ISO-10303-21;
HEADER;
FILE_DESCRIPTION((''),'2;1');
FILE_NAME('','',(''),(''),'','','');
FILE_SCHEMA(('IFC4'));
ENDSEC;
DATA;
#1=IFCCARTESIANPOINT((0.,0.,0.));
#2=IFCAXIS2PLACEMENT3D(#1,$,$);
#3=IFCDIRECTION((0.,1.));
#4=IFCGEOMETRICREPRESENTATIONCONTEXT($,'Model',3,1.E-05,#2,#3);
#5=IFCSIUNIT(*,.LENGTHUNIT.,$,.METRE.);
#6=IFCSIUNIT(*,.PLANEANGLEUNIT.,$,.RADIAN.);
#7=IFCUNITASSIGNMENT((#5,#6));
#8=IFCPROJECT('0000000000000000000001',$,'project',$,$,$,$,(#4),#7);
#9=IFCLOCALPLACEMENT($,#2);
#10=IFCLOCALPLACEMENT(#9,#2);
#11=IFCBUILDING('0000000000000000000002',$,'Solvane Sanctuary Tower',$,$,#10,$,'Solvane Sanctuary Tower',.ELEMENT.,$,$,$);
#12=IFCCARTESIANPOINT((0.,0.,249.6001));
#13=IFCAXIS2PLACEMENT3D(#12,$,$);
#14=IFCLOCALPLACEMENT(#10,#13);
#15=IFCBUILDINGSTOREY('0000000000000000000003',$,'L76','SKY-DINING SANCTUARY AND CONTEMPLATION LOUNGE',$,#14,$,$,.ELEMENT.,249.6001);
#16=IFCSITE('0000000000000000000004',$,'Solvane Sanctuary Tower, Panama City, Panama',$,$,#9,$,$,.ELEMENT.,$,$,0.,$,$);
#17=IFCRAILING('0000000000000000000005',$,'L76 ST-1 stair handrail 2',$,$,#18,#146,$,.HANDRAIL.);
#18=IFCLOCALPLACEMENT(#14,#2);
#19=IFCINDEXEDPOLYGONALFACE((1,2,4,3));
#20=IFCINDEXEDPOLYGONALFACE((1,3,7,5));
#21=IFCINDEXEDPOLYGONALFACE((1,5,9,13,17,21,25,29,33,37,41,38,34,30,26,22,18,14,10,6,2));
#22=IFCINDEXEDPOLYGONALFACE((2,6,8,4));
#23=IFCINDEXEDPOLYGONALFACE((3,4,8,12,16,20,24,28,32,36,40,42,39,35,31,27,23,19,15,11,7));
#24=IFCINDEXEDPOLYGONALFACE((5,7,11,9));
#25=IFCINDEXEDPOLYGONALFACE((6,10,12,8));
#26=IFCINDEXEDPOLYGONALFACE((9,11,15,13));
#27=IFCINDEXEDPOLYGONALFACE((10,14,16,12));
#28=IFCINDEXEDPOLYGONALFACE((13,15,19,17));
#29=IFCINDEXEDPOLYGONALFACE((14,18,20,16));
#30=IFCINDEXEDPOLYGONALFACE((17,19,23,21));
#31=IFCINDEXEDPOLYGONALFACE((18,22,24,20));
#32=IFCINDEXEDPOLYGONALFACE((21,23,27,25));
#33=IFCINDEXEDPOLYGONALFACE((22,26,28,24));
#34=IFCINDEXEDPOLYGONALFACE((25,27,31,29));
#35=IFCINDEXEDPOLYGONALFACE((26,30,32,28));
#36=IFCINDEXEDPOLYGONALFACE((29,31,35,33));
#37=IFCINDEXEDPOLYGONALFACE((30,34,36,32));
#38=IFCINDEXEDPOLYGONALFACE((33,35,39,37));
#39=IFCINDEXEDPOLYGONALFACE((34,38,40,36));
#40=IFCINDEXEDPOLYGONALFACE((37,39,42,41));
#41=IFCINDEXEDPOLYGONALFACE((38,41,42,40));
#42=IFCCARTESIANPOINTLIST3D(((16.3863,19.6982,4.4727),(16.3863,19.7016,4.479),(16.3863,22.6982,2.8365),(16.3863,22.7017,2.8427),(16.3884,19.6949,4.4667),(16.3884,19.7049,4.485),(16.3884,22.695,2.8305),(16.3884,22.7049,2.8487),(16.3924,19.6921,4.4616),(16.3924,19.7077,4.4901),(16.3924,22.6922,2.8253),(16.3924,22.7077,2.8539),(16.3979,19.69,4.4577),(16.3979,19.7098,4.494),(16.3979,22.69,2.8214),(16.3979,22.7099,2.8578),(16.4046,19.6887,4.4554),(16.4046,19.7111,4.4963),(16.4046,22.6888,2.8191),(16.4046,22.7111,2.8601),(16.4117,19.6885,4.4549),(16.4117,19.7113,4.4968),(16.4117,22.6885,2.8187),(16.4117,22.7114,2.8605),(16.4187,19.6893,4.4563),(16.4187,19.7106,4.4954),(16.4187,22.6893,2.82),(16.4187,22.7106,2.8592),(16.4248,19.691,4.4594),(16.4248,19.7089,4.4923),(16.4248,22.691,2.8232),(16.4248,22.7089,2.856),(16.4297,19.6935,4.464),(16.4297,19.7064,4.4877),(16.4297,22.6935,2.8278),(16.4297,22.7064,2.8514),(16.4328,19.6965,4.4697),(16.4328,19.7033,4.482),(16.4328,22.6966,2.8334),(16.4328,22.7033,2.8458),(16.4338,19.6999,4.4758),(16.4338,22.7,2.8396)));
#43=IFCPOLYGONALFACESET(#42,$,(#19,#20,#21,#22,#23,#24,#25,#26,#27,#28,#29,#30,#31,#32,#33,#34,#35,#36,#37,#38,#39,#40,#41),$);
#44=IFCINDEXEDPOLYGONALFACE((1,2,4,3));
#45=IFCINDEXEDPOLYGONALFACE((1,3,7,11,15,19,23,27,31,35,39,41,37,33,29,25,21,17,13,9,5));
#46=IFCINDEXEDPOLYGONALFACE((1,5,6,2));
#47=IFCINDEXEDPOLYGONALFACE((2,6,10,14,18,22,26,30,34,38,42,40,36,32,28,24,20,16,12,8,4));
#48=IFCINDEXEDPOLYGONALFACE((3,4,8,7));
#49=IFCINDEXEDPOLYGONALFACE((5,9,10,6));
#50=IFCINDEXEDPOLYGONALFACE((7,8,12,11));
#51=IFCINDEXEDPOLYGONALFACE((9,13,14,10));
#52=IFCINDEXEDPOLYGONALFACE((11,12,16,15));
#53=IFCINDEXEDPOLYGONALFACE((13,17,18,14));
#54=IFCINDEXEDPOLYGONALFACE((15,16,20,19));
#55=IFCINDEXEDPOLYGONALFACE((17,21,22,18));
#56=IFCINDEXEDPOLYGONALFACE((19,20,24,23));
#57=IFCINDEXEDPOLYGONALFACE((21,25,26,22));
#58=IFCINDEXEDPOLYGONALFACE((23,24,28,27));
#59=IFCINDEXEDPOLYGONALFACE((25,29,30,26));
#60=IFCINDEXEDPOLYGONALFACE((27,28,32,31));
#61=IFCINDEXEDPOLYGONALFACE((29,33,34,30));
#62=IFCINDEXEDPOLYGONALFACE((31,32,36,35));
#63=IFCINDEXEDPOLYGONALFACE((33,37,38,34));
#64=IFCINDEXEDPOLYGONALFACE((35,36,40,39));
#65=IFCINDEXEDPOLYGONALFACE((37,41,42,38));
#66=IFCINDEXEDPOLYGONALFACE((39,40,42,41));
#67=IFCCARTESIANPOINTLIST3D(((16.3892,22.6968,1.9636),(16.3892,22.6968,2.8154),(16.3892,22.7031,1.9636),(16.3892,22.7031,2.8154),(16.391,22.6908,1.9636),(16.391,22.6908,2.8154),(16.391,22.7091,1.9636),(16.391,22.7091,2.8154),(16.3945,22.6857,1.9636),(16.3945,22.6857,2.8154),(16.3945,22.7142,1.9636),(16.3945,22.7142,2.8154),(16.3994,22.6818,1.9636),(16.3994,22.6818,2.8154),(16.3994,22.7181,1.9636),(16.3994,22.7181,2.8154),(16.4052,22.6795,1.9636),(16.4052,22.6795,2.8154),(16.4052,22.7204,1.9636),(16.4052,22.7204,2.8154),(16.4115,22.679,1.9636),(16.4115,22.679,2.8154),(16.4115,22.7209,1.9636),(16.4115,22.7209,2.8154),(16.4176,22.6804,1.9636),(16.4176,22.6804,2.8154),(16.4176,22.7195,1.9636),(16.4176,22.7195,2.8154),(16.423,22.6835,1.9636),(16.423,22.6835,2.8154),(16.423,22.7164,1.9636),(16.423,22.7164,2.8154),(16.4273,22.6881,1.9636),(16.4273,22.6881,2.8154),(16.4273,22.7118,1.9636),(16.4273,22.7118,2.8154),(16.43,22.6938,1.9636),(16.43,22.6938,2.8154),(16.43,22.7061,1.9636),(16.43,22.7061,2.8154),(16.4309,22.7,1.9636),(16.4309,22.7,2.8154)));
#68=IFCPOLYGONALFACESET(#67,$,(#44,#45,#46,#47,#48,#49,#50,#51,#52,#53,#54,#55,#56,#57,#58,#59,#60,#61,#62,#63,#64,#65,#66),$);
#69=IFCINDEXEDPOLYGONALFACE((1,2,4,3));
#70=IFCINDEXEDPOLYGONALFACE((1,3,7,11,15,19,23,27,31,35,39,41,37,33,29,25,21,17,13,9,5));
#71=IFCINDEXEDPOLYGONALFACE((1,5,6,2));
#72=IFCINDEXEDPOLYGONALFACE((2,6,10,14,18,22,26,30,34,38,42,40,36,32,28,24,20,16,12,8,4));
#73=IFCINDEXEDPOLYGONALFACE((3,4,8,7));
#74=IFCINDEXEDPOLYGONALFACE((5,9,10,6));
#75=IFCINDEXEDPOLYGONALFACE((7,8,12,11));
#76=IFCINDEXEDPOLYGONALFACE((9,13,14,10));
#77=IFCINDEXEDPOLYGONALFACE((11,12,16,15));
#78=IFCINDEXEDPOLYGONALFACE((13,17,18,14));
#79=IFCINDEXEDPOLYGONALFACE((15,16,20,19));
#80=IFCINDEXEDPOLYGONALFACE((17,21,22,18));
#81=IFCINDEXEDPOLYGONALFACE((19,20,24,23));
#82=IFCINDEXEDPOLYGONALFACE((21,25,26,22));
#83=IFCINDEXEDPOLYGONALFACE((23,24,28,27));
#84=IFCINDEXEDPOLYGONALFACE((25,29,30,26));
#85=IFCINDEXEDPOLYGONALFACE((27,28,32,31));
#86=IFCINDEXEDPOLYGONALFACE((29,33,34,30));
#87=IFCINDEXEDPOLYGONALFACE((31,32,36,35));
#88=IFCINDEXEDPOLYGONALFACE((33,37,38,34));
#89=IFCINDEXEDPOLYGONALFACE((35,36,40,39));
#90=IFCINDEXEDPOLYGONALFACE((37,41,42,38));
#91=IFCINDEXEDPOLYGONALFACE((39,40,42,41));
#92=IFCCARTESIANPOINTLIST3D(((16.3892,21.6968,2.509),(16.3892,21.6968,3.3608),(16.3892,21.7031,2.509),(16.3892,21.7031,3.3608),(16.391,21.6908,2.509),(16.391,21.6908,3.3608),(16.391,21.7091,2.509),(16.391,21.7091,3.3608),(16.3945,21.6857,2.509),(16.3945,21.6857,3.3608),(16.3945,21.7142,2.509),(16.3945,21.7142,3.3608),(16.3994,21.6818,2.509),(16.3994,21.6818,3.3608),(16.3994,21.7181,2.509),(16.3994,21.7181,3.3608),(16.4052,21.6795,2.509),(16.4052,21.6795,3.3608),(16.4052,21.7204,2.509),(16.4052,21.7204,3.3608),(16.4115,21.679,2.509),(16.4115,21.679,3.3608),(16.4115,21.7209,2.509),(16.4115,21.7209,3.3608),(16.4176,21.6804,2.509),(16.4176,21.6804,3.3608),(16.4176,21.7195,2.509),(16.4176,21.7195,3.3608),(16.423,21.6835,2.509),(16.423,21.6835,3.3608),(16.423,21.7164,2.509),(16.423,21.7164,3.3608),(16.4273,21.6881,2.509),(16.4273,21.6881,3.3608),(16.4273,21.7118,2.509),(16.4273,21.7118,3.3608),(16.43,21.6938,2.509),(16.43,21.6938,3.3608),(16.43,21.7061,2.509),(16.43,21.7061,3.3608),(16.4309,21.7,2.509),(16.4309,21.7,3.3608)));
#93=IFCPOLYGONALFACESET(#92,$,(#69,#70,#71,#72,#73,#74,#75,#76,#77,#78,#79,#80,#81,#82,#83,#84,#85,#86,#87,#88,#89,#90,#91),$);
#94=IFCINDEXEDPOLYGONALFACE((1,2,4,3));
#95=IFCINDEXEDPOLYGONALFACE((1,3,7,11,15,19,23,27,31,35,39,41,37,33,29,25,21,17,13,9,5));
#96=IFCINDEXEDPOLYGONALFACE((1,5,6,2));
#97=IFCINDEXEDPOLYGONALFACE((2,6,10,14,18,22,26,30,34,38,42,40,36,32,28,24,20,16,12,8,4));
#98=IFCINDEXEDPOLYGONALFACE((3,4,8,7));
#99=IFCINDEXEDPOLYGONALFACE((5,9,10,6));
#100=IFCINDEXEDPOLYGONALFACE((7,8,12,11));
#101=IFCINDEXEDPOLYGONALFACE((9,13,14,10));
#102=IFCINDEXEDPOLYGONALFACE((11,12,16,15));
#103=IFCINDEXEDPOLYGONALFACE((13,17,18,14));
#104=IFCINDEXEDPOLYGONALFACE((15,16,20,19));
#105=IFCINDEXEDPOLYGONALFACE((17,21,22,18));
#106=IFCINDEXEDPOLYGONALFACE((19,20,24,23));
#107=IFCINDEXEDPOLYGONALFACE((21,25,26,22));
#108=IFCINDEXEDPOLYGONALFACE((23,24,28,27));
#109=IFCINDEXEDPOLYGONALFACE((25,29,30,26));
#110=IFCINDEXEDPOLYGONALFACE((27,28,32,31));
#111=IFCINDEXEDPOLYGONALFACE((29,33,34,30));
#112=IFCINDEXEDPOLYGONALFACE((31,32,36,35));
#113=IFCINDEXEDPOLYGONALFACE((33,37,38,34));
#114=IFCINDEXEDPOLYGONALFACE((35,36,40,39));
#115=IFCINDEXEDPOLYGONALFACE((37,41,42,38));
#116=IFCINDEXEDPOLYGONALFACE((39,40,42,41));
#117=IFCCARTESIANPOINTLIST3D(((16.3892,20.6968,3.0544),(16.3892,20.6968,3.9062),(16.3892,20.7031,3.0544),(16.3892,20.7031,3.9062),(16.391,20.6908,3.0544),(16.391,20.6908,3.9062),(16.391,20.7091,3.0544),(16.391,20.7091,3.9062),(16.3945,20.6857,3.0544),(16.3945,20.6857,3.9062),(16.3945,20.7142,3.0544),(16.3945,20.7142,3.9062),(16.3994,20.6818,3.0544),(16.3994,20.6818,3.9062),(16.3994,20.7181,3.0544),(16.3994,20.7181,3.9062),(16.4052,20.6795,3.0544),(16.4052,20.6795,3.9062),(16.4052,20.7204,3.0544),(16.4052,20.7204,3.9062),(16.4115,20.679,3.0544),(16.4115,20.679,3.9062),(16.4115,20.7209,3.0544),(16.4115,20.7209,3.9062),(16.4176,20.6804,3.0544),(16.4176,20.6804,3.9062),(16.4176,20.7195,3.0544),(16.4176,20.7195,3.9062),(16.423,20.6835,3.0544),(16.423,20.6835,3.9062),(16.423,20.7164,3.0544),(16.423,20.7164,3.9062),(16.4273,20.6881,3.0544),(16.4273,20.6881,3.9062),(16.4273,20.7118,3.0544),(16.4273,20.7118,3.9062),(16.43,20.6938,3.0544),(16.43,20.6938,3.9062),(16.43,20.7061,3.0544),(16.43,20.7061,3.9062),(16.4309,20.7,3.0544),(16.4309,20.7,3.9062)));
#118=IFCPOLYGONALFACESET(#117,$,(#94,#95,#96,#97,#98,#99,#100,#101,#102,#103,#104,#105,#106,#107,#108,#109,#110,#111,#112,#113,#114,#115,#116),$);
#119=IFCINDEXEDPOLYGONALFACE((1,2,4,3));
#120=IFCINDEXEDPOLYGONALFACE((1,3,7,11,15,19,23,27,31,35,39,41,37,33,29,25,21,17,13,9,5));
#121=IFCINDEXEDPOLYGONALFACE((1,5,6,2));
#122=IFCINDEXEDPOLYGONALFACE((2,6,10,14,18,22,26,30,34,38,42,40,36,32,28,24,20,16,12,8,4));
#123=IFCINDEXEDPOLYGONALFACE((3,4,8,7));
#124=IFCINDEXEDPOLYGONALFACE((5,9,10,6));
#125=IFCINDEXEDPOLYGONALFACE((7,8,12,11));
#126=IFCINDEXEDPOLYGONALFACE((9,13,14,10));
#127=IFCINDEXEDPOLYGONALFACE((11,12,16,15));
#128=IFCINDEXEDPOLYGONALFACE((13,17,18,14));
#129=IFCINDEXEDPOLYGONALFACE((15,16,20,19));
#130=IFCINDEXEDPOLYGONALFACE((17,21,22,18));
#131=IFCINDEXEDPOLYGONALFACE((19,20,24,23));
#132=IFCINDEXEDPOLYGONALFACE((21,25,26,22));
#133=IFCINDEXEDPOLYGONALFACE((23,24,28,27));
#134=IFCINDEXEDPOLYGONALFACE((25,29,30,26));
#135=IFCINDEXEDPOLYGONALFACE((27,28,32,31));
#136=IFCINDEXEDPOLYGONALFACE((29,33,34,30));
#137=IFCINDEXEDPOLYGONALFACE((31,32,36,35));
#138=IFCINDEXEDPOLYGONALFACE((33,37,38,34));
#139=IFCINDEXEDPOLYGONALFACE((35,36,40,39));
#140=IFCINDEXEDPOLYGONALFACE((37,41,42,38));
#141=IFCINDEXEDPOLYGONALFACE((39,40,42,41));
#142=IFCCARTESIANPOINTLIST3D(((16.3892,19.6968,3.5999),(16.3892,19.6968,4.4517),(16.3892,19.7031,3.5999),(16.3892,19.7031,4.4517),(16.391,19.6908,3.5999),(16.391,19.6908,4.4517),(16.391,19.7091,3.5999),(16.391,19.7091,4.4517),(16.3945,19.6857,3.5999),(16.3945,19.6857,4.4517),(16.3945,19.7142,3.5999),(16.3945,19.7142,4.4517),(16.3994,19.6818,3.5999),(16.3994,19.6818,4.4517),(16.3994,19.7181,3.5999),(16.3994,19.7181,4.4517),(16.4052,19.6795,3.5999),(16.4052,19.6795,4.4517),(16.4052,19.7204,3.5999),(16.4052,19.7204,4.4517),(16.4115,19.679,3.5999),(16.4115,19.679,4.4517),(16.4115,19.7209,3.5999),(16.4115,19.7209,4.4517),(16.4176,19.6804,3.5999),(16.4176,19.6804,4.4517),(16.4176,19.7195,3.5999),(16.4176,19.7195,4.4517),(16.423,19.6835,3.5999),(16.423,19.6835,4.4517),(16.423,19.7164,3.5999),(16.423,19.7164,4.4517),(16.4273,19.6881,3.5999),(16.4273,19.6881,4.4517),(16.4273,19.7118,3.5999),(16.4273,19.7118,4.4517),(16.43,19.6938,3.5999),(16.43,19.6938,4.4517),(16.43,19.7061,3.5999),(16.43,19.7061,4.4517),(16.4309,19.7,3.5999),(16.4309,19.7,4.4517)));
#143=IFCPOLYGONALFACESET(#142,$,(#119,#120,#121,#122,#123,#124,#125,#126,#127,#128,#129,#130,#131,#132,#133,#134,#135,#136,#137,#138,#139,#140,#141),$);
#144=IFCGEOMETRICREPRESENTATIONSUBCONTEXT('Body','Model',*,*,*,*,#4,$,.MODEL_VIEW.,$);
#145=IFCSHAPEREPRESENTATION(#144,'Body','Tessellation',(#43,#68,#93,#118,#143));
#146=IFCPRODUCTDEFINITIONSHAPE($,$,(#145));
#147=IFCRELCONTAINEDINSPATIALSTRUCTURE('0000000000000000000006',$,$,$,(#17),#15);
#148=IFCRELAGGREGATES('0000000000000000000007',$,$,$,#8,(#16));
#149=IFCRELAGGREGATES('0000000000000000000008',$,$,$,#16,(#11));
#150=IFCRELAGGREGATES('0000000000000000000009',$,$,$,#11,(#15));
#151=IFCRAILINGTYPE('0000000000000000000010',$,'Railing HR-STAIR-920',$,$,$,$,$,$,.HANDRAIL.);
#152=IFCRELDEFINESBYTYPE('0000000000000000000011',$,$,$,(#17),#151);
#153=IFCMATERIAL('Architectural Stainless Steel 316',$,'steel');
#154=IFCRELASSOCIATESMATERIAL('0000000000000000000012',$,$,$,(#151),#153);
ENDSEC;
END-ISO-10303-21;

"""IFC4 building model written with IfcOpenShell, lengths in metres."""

from ifc_helpers import new_model, si_unit, direction, frame, origin, origin_2d, place, context, subcontext, project, spatial, circle, extrude, material, type_object, element, save


model = new_model("IFC4")

# Units and contexts
model_context = context("Model", 3, precision=1e-05, world=origin(), true_north=direction((0.0, 1.0)))
body_context = subcontext(model_context, "Body", "Model", "MODEL_VIEW")
ifc_project = project(units=[si_unit("LENGTHUNIT", "METRE"), si_unit("PLANEANGLEUNIT", "RADIAN")], contexts=[model_context])

# Site, building, storey
site_placement = place(None, origin())
site = spatial("IfcSite", under=ifc_project, at=site_placement, Name="Solvane Sanctuary Tower, Panama City, Panama", CompositionType="ELEMENT", RefElevation=0.0)
building_placement = place(site_placement, origin())
building = spatial("IfcBuilding", under=site, at=building_placement, Name="Solvane Sanctuary Tower", LongName="Solvane Sanctuary Tower", CompositionType="ELEMENT")
storey_placement = place(building_placement, frame((0.0, 0.0, 249.6001)))
storey = spatial("IfcBuildingStorey", under=building, at=storey_placement, Name="L76", Description="SKY-DINING SANCTUARY AND CONTEMPLATION LOUNGE", CompositionType="ELEMENT", Elevation=249.6001)

# Shared definitions
ifc_material_1 = material(Name="Architectural Stainless Steel 316", Category="steel")

# Railing
railing_type_1 = type_object("IfcRailingType", Name="Railing HR-STAIR-920", PredefinedType="HANDRAIL", material=ifc_material_1)
railing_1_placement = place(storey_placement, frame((16.4099, 22.7, 1.9636)))
element("IfcRailing", 1, at=railing_1_placement, inside=storey, type_object=railing_type_1, Name="L76 ST-1 stair handrail 2", PredefinedType="HANDRAIL", context=body_context, shape_type="SweptSolid", body=[
    extrude(circle(Radius=0.0239, at=origin_2d()), frame((0.0, 0.0, 0.876), z_axis=(0.0, -0.877912, 0.478822), x_axis=(1.0, 0.0, 0.0)), (0.0, 0.0, 1.0), 3.4172),
    extrude(circle(Radius=0.021, at=origin_2d()), origin(), (0.0, 0.0, 1.0), 0.8518),
    extrude(circle(Radius=0.021, at=origin_2d()), frame((0.0, -1.0, 0.5454)), (0.0, 0.0, 1.0), 0.8518),
    extrude(circle(Radius=0.021, at=origin_2d()), frame((0.0, -2.0, 1.0908)), (0.0, 0.0, 1.0), 0.8518),
    extrude(circle(Radius=0.021, at=origin_2d()), frame((0.0, -3.0, 1.6362)), (0.0, 0.0, 1.0), 0.8518),
])

save(model, "model.ifc")
